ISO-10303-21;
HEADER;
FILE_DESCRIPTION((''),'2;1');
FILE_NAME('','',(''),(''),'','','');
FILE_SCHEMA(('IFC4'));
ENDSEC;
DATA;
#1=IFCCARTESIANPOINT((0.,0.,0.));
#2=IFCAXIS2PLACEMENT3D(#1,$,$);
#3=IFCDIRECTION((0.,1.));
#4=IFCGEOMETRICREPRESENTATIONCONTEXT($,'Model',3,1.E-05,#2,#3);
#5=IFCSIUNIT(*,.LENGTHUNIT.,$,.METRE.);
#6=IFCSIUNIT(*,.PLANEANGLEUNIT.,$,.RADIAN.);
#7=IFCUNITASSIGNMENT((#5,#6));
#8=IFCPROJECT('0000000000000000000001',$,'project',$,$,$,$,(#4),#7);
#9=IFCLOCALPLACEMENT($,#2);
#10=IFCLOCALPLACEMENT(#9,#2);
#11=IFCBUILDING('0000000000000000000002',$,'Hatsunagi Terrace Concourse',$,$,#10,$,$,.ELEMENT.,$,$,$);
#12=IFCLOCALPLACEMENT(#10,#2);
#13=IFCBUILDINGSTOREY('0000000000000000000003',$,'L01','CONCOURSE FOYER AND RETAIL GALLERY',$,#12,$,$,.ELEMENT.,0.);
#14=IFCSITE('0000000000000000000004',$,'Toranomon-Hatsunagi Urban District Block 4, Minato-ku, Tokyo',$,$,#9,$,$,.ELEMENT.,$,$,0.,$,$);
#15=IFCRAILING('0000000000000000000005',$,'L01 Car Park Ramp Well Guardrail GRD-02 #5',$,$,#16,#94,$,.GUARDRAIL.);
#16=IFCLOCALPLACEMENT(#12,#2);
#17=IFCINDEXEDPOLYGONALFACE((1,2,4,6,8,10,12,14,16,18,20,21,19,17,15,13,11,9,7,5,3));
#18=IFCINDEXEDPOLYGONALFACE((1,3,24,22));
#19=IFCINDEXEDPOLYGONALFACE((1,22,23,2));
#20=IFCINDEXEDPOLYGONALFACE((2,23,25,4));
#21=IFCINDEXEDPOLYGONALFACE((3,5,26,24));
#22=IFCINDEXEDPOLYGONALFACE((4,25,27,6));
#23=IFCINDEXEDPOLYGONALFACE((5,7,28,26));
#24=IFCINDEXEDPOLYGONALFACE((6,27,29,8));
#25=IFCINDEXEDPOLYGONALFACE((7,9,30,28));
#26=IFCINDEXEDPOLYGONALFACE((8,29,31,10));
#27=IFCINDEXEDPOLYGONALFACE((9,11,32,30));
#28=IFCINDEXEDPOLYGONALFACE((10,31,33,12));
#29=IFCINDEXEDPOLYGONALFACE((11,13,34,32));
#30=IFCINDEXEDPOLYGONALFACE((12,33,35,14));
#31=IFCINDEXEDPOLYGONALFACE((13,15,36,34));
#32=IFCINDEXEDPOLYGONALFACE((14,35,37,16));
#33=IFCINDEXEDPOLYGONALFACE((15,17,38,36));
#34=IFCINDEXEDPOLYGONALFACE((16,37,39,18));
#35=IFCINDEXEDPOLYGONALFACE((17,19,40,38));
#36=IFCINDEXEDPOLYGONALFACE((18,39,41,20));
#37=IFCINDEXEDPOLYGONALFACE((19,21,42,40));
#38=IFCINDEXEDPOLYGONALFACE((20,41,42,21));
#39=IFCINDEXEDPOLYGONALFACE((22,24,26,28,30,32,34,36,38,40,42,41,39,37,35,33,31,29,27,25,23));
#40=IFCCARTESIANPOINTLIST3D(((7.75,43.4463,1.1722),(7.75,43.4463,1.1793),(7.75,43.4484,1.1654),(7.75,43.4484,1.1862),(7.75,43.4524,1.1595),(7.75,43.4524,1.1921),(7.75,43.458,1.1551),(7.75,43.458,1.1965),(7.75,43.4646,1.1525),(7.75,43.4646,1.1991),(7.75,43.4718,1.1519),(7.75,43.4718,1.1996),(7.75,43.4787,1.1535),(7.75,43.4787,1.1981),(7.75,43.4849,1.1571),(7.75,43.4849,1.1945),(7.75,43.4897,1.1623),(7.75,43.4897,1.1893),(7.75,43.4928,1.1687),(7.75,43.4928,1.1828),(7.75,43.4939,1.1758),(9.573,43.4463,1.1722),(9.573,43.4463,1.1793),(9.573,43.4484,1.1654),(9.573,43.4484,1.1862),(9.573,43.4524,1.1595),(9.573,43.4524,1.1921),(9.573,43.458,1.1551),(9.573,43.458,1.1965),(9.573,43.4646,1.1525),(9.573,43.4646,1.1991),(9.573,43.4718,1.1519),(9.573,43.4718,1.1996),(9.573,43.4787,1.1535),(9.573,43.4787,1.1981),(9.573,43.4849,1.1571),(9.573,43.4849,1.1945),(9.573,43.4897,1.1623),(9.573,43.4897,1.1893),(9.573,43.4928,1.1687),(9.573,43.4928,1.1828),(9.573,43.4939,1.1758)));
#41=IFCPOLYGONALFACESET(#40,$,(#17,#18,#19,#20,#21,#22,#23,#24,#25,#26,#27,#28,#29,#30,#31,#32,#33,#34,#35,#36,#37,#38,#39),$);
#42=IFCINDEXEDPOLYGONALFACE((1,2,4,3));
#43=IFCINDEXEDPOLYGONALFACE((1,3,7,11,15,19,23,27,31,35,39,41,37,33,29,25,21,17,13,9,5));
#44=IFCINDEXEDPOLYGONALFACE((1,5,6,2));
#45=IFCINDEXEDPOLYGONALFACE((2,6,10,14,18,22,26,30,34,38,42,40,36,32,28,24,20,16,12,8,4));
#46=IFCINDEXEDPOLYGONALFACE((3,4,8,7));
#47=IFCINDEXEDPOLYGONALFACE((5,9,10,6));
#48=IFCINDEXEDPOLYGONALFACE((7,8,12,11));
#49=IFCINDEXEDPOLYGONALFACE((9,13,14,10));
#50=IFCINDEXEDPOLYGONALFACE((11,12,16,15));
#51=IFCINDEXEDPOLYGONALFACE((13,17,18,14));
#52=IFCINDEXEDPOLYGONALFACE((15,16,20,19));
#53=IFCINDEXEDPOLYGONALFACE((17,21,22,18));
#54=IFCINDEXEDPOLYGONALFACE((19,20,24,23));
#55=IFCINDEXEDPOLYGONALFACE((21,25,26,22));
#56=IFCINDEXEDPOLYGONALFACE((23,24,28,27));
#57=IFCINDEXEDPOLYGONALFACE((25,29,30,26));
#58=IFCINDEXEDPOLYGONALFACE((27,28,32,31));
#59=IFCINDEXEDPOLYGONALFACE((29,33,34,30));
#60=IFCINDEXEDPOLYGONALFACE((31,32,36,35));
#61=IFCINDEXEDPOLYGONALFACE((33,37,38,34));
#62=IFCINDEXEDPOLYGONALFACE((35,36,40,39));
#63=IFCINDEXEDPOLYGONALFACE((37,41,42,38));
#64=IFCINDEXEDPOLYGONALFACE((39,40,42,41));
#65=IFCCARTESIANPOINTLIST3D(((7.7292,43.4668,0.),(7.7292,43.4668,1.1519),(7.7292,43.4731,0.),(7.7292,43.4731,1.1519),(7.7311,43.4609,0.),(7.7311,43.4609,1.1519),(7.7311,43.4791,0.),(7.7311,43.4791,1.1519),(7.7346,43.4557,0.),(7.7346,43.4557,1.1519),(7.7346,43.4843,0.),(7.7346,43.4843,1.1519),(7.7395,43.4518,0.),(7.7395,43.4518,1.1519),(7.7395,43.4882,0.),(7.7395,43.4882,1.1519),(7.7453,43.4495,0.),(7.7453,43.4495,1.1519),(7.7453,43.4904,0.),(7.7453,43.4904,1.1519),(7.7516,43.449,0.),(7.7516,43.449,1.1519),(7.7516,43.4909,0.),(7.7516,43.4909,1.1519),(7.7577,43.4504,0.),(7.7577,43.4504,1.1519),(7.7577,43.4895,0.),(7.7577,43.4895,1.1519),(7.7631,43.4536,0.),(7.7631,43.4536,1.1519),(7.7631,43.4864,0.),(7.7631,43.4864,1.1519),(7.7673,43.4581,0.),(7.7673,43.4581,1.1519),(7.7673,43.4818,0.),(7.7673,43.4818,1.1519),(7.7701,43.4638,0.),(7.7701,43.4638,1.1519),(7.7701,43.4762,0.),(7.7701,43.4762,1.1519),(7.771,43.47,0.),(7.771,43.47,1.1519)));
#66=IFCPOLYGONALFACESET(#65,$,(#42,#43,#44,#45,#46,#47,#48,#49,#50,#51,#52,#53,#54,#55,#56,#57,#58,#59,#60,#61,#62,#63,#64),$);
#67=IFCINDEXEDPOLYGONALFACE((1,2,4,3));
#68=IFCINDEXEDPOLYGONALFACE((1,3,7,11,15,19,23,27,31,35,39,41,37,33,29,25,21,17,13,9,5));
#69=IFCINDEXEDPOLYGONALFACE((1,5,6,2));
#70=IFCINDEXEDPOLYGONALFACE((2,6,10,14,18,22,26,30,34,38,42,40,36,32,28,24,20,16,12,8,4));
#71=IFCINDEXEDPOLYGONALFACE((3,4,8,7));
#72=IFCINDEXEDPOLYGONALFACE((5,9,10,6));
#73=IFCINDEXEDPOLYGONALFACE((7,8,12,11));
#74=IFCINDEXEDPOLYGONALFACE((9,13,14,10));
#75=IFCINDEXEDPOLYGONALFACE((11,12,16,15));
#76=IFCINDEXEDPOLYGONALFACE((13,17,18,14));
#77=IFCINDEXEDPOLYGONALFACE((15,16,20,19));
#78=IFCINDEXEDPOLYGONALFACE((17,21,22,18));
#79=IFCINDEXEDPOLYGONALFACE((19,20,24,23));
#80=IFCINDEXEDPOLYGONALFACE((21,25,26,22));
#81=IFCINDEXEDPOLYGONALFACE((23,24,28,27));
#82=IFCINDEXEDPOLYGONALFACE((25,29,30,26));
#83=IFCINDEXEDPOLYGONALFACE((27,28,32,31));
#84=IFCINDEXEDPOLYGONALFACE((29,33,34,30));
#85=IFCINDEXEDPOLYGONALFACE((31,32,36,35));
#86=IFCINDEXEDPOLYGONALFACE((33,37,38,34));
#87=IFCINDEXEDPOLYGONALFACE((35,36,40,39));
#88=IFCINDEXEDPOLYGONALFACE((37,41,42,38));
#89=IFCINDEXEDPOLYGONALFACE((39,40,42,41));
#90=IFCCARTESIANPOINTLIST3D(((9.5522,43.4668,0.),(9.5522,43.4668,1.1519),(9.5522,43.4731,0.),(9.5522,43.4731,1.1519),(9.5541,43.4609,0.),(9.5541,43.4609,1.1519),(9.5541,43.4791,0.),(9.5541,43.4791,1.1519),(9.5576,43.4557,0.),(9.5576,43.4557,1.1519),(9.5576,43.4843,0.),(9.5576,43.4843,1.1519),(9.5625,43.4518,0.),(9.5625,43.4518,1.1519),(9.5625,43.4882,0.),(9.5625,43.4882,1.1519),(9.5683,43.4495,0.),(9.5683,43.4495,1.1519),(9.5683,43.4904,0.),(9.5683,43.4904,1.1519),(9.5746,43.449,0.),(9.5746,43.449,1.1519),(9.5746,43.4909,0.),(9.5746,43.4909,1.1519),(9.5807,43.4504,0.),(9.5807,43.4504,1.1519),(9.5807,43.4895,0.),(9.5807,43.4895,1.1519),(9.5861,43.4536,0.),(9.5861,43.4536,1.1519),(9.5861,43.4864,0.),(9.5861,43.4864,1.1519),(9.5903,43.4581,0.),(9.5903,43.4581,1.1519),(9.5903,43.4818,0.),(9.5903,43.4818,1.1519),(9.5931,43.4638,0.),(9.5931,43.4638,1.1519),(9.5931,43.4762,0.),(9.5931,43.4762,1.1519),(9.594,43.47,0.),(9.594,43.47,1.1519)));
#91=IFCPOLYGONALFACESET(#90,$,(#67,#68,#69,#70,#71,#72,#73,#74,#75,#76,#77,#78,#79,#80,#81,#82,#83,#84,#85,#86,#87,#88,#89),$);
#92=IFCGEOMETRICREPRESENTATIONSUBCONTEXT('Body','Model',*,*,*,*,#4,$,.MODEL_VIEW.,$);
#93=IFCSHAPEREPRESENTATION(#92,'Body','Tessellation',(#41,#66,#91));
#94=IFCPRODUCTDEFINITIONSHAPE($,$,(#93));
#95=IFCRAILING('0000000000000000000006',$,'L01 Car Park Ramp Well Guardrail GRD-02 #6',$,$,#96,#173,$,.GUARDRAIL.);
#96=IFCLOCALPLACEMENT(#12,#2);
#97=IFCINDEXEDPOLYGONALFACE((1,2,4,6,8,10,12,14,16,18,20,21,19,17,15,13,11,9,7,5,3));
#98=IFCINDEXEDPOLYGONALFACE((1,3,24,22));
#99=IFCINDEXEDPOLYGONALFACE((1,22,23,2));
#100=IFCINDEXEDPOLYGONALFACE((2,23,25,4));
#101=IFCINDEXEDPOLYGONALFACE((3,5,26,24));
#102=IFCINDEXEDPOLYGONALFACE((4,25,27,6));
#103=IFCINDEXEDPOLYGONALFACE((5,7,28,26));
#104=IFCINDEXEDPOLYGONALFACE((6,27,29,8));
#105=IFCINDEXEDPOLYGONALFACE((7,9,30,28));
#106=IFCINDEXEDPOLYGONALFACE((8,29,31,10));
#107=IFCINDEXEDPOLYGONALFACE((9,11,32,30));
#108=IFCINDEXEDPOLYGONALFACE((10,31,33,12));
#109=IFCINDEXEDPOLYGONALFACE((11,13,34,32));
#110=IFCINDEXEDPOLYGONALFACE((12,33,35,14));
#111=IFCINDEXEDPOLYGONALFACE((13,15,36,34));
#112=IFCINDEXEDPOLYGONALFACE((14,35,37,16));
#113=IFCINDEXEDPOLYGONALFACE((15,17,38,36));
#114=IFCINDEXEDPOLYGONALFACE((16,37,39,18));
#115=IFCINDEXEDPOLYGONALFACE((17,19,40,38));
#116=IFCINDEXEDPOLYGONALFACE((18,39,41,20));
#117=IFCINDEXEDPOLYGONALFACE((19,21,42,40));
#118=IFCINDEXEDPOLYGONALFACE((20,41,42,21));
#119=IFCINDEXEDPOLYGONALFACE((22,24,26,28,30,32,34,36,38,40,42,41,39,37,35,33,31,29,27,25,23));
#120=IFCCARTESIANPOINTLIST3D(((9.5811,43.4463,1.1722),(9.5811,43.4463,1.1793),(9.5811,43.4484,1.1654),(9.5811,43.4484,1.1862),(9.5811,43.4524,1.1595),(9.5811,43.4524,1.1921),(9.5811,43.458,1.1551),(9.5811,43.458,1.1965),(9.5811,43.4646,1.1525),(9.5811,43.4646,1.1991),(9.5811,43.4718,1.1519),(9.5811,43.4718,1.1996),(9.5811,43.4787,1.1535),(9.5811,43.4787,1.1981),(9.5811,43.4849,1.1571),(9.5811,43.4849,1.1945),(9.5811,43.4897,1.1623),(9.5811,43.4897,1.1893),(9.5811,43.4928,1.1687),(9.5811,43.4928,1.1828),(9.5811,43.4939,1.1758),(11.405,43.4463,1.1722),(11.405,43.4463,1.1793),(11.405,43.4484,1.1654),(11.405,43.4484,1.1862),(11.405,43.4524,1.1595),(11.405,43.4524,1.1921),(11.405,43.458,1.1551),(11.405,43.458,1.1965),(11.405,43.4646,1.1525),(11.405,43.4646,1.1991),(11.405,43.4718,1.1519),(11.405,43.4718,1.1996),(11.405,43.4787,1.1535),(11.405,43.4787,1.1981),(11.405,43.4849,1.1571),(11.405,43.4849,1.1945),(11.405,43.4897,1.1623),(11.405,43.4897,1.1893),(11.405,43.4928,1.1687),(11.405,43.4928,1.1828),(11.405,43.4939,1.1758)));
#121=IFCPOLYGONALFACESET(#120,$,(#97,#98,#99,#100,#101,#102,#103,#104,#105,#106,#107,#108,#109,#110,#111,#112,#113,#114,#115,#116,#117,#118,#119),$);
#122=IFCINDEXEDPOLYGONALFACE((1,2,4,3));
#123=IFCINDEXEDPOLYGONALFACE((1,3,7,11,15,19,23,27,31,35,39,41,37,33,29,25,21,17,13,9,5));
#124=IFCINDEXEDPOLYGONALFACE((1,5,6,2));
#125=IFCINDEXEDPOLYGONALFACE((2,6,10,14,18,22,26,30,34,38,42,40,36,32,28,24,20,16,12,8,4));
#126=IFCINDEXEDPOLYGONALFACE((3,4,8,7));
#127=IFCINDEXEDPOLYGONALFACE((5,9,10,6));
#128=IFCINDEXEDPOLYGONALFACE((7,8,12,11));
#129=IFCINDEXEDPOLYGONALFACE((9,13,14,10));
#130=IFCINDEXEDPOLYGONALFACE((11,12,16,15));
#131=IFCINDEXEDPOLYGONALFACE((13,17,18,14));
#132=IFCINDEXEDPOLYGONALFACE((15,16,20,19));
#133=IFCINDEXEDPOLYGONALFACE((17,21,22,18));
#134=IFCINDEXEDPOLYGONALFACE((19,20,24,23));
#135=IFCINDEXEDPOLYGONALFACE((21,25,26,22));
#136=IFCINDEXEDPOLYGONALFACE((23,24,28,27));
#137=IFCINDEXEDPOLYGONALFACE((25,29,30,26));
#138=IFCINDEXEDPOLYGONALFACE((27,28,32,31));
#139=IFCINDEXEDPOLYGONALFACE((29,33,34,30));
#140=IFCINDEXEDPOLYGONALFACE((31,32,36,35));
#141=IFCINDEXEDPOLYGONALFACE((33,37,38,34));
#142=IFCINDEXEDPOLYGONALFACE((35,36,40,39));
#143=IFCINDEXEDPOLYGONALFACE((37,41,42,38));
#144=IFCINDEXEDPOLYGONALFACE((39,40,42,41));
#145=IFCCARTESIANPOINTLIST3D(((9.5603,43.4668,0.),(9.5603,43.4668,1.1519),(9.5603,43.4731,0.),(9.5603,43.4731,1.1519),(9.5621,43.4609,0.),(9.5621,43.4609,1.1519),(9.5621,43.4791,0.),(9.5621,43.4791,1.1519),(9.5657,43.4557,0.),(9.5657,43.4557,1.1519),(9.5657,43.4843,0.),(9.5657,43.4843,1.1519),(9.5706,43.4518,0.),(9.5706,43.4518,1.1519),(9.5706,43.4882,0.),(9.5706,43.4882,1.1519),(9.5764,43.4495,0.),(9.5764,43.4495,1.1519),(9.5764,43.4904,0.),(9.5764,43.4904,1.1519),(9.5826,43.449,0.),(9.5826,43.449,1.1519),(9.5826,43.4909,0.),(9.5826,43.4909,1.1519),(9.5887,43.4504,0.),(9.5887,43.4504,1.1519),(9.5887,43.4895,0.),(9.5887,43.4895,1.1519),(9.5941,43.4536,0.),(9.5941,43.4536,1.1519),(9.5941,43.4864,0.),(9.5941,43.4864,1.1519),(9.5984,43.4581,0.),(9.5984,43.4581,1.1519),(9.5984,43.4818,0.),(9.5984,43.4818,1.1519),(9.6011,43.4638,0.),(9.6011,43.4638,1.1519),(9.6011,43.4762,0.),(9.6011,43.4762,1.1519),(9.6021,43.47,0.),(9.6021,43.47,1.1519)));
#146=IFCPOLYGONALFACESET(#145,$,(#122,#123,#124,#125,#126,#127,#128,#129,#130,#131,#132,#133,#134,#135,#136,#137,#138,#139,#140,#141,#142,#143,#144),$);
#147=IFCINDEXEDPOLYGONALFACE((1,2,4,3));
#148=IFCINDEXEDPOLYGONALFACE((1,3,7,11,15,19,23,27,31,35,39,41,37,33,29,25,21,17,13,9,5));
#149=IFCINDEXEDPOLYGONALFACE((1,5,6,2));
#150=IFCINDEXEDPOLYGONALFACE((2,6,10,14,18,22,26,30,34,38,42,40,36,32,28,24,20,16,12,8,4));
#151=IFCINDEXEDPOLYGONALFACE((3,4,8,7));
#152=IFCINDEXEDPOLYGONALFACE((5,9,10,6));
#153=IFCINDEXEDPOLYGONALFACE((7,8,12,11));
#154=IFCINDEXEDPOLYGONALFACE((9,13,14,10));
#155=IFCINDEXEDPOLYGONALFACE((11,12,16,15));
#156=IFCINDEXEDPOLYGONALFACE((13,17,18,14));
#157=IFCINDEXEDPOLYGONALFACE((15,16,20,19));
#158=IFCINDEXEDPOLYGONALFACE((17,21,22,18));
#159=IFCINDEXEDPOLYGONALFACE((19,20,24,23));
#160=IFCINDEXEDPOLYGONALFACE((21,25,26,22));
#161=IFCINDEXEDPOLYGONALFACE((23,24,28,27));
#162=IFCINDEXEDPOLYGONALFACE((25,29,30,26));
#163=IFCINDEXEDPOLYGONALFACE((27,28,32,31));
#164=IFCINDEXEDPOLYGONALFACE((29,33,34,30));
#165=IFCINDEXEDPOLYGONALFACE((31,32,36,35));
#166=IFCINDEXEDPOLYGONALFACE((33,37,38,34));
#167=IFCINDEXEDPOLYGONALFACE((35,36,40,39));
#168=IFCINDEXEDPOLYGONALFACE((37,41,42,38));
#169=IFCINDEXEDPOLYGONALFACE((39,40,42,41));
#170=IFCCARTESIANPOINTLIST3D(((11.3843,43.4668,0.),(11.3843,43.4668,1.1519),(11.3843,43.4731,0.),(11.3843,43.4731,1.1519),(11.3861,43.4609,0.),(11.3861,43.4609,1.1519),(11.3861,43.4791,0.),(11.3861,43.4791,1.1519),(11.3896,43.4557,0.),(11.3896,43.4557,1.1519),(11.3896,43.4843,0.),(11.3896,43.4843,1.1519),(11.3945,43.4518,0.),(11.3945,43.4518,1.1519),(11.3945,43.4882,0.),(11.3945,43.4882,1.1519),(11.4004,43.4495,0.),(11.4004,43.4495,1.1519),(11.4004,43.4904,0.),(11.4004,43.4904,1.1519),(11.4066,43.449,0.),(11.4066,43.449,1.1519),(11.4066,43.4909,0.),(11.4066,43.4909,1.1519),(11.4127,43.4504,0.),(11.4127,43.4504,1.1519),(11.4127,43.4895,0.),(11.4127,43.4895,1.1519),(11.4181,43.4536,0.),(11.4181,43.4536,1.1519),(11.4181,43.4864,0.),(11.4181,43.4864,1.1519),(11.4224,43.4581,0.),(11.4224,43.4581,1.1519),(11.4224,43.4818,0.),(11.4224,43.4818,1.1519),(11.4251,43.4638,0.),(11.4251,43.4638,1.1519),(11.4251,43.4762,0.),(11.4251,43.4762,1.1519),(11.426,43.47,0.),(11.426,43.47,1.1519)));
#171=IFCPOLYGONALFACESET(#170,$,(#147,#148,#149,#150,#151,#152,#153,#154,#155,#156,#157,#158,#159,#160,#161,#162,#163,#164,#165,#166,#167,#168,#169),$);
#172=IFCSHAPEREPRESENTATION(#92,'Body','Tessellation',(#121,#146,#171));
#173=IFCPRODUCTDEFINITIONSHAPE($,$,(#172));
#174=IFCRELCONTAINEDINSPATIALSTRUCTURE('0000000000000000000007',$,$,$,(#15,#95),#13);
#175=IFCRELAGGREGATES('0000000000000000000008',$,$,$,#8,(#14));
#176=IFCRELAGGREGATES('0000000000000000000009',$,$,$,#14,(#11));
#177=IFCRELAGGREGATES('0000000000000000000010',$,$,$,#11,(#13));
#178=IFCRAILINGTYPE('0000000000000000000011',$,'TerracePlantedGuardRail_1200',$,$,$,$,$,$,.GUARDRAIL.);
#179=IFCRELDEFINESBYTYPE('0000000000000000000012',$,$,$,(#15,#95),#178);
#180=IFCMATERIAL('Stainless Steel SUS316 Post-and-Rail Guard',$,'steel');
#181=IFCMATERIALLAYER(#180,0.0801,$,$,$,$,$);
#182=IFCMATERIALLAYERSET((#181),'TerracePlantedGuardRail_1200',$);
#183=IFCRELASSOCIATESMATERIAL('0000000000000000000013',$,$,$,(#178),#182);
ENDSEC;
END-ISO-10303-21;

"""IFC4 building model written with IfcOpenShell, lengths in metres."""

from ifc_helpers import new_model, si_unit, direction, frame, origin, origin_2d, place, context, subcontext, project, spatial, circle, extrude, material, layer, layer_set, type_object, element, save


model = new_model("IFC4")

# Units and contexts
model_context = context("Model", 3, precision=1e-05, world=origin(), true_north=direction((0.0, 1.0)))
body_context = subcontext(model_context, "Body", "Model", "MODEL_VIEW")
ifc_project = project(units=[si_unit("LENGTHUNIT", "METRE"), si_unit("PLANEANGLEUNIT", "RADIAN")], contexts=[model_context])

# Site, building, storey
site_placement = place(None, origin())
site = spatial("IfcSite", under=ifc_project, at=site_placement, Name="Toranomon-Hatsunagi Urban District Block 4, Minato-ku, Tokyo", CompositionType="ELEMENT", RefElevation=0.0)
building_placement = place(site_placement, origin())
building = spatial("IfcBuilding", under=site, at=building_placement, Name="Hatsunagi Terrace Concourse", CompositionType="ELEMENT")
storey_placement = place(building_placement, origin())
storey = spatial("IfcBuildingStorey", under=building, at=storey_placement, Name="L01", Description="CONCOURSE FOYER AND RETAIL GALLERY", CompositionType="ELEMENT", Elevation=0.0)

# Railings
ifc_material_1 = material(Name="Stainless Steel SUS316 Post-and-Rail Guard", Category="steel")
ifc_layer_1 = layer(ifc_material_1, 0.0801)
ifc_layer_set_1 = layer_set([ifc_layer_1], Name="TerracePlantedGuardRail_1200")
railing_type_1 = type_object("IfcRailingType", Name="TerracePlantedGuardRail_1200", PredefinedType="GUARDRAIL", material=ifc_layer_set_1)
railing_1_placement = place(storey_placement, frame((7.75, 43.47, 0.0)))
element("IfcRailing", 1, at=railing_1_placement, inside=storey, type_object=railing_type_1, Name="L01 Car Park Ramp Well Guardrail GRD-02 #5", PredefinedType="GUARDRAIL", context=body_context, shape_type="SweptSolid", body=[
    extrude(circle(Radius=0.0239, at=origin_2d()), frame((0.0, 0.0, 1.1758), z_axis=(1.0, 0.0, 0.0), x_axis=(0.0, 1.0, 0.0)), (0.0, 0.0, 1.0), 1.823),
    extrude(circle(Radius=0.021, at=origin_2d()), origin(), (0.0, 0.0, 1.0), 1.1519),
    extrude(circle(Radius=0.021, at=origin_2d()), frame((1.823, 0.0, 0.0)), (0.0, 0.0, 1.0), 1.1519),
])
railing_2_placement = place(storey_placement, frame((9.5811, 43.47, 0.0)))
element("IfcRailing", 2, at=railing_2_placement, inside=storey, type_object=railing_type_1, Name="L01 Car Park Ramp Well Guardrail GRD-02 #6", PredefinedType="GUARDRAIL", context=body_context, shape_type="SweptSolid", body=[
    extrude(circle(Radius=0.0239, at=origin_2d()), frame((0.0, 0.0, 1.1758), z_axis=(1.0, 0.0, 0.0), x_axis=(0.0, 1.0, 0.0)), (0.0, 0.0, 1.0), 1.824),
    extrude(circle(Radius=0.021, at=origin_2d()), origin(), (0.0, 0.0, 1.0), 1.1519),
    extrude(circle(Radius=0.021, at=origin_2d()), frame((1.824, 0.0, 0.0)), (0.0, 0.0, 1.0), 1.1519),
])

save(model, "model.ifc")
